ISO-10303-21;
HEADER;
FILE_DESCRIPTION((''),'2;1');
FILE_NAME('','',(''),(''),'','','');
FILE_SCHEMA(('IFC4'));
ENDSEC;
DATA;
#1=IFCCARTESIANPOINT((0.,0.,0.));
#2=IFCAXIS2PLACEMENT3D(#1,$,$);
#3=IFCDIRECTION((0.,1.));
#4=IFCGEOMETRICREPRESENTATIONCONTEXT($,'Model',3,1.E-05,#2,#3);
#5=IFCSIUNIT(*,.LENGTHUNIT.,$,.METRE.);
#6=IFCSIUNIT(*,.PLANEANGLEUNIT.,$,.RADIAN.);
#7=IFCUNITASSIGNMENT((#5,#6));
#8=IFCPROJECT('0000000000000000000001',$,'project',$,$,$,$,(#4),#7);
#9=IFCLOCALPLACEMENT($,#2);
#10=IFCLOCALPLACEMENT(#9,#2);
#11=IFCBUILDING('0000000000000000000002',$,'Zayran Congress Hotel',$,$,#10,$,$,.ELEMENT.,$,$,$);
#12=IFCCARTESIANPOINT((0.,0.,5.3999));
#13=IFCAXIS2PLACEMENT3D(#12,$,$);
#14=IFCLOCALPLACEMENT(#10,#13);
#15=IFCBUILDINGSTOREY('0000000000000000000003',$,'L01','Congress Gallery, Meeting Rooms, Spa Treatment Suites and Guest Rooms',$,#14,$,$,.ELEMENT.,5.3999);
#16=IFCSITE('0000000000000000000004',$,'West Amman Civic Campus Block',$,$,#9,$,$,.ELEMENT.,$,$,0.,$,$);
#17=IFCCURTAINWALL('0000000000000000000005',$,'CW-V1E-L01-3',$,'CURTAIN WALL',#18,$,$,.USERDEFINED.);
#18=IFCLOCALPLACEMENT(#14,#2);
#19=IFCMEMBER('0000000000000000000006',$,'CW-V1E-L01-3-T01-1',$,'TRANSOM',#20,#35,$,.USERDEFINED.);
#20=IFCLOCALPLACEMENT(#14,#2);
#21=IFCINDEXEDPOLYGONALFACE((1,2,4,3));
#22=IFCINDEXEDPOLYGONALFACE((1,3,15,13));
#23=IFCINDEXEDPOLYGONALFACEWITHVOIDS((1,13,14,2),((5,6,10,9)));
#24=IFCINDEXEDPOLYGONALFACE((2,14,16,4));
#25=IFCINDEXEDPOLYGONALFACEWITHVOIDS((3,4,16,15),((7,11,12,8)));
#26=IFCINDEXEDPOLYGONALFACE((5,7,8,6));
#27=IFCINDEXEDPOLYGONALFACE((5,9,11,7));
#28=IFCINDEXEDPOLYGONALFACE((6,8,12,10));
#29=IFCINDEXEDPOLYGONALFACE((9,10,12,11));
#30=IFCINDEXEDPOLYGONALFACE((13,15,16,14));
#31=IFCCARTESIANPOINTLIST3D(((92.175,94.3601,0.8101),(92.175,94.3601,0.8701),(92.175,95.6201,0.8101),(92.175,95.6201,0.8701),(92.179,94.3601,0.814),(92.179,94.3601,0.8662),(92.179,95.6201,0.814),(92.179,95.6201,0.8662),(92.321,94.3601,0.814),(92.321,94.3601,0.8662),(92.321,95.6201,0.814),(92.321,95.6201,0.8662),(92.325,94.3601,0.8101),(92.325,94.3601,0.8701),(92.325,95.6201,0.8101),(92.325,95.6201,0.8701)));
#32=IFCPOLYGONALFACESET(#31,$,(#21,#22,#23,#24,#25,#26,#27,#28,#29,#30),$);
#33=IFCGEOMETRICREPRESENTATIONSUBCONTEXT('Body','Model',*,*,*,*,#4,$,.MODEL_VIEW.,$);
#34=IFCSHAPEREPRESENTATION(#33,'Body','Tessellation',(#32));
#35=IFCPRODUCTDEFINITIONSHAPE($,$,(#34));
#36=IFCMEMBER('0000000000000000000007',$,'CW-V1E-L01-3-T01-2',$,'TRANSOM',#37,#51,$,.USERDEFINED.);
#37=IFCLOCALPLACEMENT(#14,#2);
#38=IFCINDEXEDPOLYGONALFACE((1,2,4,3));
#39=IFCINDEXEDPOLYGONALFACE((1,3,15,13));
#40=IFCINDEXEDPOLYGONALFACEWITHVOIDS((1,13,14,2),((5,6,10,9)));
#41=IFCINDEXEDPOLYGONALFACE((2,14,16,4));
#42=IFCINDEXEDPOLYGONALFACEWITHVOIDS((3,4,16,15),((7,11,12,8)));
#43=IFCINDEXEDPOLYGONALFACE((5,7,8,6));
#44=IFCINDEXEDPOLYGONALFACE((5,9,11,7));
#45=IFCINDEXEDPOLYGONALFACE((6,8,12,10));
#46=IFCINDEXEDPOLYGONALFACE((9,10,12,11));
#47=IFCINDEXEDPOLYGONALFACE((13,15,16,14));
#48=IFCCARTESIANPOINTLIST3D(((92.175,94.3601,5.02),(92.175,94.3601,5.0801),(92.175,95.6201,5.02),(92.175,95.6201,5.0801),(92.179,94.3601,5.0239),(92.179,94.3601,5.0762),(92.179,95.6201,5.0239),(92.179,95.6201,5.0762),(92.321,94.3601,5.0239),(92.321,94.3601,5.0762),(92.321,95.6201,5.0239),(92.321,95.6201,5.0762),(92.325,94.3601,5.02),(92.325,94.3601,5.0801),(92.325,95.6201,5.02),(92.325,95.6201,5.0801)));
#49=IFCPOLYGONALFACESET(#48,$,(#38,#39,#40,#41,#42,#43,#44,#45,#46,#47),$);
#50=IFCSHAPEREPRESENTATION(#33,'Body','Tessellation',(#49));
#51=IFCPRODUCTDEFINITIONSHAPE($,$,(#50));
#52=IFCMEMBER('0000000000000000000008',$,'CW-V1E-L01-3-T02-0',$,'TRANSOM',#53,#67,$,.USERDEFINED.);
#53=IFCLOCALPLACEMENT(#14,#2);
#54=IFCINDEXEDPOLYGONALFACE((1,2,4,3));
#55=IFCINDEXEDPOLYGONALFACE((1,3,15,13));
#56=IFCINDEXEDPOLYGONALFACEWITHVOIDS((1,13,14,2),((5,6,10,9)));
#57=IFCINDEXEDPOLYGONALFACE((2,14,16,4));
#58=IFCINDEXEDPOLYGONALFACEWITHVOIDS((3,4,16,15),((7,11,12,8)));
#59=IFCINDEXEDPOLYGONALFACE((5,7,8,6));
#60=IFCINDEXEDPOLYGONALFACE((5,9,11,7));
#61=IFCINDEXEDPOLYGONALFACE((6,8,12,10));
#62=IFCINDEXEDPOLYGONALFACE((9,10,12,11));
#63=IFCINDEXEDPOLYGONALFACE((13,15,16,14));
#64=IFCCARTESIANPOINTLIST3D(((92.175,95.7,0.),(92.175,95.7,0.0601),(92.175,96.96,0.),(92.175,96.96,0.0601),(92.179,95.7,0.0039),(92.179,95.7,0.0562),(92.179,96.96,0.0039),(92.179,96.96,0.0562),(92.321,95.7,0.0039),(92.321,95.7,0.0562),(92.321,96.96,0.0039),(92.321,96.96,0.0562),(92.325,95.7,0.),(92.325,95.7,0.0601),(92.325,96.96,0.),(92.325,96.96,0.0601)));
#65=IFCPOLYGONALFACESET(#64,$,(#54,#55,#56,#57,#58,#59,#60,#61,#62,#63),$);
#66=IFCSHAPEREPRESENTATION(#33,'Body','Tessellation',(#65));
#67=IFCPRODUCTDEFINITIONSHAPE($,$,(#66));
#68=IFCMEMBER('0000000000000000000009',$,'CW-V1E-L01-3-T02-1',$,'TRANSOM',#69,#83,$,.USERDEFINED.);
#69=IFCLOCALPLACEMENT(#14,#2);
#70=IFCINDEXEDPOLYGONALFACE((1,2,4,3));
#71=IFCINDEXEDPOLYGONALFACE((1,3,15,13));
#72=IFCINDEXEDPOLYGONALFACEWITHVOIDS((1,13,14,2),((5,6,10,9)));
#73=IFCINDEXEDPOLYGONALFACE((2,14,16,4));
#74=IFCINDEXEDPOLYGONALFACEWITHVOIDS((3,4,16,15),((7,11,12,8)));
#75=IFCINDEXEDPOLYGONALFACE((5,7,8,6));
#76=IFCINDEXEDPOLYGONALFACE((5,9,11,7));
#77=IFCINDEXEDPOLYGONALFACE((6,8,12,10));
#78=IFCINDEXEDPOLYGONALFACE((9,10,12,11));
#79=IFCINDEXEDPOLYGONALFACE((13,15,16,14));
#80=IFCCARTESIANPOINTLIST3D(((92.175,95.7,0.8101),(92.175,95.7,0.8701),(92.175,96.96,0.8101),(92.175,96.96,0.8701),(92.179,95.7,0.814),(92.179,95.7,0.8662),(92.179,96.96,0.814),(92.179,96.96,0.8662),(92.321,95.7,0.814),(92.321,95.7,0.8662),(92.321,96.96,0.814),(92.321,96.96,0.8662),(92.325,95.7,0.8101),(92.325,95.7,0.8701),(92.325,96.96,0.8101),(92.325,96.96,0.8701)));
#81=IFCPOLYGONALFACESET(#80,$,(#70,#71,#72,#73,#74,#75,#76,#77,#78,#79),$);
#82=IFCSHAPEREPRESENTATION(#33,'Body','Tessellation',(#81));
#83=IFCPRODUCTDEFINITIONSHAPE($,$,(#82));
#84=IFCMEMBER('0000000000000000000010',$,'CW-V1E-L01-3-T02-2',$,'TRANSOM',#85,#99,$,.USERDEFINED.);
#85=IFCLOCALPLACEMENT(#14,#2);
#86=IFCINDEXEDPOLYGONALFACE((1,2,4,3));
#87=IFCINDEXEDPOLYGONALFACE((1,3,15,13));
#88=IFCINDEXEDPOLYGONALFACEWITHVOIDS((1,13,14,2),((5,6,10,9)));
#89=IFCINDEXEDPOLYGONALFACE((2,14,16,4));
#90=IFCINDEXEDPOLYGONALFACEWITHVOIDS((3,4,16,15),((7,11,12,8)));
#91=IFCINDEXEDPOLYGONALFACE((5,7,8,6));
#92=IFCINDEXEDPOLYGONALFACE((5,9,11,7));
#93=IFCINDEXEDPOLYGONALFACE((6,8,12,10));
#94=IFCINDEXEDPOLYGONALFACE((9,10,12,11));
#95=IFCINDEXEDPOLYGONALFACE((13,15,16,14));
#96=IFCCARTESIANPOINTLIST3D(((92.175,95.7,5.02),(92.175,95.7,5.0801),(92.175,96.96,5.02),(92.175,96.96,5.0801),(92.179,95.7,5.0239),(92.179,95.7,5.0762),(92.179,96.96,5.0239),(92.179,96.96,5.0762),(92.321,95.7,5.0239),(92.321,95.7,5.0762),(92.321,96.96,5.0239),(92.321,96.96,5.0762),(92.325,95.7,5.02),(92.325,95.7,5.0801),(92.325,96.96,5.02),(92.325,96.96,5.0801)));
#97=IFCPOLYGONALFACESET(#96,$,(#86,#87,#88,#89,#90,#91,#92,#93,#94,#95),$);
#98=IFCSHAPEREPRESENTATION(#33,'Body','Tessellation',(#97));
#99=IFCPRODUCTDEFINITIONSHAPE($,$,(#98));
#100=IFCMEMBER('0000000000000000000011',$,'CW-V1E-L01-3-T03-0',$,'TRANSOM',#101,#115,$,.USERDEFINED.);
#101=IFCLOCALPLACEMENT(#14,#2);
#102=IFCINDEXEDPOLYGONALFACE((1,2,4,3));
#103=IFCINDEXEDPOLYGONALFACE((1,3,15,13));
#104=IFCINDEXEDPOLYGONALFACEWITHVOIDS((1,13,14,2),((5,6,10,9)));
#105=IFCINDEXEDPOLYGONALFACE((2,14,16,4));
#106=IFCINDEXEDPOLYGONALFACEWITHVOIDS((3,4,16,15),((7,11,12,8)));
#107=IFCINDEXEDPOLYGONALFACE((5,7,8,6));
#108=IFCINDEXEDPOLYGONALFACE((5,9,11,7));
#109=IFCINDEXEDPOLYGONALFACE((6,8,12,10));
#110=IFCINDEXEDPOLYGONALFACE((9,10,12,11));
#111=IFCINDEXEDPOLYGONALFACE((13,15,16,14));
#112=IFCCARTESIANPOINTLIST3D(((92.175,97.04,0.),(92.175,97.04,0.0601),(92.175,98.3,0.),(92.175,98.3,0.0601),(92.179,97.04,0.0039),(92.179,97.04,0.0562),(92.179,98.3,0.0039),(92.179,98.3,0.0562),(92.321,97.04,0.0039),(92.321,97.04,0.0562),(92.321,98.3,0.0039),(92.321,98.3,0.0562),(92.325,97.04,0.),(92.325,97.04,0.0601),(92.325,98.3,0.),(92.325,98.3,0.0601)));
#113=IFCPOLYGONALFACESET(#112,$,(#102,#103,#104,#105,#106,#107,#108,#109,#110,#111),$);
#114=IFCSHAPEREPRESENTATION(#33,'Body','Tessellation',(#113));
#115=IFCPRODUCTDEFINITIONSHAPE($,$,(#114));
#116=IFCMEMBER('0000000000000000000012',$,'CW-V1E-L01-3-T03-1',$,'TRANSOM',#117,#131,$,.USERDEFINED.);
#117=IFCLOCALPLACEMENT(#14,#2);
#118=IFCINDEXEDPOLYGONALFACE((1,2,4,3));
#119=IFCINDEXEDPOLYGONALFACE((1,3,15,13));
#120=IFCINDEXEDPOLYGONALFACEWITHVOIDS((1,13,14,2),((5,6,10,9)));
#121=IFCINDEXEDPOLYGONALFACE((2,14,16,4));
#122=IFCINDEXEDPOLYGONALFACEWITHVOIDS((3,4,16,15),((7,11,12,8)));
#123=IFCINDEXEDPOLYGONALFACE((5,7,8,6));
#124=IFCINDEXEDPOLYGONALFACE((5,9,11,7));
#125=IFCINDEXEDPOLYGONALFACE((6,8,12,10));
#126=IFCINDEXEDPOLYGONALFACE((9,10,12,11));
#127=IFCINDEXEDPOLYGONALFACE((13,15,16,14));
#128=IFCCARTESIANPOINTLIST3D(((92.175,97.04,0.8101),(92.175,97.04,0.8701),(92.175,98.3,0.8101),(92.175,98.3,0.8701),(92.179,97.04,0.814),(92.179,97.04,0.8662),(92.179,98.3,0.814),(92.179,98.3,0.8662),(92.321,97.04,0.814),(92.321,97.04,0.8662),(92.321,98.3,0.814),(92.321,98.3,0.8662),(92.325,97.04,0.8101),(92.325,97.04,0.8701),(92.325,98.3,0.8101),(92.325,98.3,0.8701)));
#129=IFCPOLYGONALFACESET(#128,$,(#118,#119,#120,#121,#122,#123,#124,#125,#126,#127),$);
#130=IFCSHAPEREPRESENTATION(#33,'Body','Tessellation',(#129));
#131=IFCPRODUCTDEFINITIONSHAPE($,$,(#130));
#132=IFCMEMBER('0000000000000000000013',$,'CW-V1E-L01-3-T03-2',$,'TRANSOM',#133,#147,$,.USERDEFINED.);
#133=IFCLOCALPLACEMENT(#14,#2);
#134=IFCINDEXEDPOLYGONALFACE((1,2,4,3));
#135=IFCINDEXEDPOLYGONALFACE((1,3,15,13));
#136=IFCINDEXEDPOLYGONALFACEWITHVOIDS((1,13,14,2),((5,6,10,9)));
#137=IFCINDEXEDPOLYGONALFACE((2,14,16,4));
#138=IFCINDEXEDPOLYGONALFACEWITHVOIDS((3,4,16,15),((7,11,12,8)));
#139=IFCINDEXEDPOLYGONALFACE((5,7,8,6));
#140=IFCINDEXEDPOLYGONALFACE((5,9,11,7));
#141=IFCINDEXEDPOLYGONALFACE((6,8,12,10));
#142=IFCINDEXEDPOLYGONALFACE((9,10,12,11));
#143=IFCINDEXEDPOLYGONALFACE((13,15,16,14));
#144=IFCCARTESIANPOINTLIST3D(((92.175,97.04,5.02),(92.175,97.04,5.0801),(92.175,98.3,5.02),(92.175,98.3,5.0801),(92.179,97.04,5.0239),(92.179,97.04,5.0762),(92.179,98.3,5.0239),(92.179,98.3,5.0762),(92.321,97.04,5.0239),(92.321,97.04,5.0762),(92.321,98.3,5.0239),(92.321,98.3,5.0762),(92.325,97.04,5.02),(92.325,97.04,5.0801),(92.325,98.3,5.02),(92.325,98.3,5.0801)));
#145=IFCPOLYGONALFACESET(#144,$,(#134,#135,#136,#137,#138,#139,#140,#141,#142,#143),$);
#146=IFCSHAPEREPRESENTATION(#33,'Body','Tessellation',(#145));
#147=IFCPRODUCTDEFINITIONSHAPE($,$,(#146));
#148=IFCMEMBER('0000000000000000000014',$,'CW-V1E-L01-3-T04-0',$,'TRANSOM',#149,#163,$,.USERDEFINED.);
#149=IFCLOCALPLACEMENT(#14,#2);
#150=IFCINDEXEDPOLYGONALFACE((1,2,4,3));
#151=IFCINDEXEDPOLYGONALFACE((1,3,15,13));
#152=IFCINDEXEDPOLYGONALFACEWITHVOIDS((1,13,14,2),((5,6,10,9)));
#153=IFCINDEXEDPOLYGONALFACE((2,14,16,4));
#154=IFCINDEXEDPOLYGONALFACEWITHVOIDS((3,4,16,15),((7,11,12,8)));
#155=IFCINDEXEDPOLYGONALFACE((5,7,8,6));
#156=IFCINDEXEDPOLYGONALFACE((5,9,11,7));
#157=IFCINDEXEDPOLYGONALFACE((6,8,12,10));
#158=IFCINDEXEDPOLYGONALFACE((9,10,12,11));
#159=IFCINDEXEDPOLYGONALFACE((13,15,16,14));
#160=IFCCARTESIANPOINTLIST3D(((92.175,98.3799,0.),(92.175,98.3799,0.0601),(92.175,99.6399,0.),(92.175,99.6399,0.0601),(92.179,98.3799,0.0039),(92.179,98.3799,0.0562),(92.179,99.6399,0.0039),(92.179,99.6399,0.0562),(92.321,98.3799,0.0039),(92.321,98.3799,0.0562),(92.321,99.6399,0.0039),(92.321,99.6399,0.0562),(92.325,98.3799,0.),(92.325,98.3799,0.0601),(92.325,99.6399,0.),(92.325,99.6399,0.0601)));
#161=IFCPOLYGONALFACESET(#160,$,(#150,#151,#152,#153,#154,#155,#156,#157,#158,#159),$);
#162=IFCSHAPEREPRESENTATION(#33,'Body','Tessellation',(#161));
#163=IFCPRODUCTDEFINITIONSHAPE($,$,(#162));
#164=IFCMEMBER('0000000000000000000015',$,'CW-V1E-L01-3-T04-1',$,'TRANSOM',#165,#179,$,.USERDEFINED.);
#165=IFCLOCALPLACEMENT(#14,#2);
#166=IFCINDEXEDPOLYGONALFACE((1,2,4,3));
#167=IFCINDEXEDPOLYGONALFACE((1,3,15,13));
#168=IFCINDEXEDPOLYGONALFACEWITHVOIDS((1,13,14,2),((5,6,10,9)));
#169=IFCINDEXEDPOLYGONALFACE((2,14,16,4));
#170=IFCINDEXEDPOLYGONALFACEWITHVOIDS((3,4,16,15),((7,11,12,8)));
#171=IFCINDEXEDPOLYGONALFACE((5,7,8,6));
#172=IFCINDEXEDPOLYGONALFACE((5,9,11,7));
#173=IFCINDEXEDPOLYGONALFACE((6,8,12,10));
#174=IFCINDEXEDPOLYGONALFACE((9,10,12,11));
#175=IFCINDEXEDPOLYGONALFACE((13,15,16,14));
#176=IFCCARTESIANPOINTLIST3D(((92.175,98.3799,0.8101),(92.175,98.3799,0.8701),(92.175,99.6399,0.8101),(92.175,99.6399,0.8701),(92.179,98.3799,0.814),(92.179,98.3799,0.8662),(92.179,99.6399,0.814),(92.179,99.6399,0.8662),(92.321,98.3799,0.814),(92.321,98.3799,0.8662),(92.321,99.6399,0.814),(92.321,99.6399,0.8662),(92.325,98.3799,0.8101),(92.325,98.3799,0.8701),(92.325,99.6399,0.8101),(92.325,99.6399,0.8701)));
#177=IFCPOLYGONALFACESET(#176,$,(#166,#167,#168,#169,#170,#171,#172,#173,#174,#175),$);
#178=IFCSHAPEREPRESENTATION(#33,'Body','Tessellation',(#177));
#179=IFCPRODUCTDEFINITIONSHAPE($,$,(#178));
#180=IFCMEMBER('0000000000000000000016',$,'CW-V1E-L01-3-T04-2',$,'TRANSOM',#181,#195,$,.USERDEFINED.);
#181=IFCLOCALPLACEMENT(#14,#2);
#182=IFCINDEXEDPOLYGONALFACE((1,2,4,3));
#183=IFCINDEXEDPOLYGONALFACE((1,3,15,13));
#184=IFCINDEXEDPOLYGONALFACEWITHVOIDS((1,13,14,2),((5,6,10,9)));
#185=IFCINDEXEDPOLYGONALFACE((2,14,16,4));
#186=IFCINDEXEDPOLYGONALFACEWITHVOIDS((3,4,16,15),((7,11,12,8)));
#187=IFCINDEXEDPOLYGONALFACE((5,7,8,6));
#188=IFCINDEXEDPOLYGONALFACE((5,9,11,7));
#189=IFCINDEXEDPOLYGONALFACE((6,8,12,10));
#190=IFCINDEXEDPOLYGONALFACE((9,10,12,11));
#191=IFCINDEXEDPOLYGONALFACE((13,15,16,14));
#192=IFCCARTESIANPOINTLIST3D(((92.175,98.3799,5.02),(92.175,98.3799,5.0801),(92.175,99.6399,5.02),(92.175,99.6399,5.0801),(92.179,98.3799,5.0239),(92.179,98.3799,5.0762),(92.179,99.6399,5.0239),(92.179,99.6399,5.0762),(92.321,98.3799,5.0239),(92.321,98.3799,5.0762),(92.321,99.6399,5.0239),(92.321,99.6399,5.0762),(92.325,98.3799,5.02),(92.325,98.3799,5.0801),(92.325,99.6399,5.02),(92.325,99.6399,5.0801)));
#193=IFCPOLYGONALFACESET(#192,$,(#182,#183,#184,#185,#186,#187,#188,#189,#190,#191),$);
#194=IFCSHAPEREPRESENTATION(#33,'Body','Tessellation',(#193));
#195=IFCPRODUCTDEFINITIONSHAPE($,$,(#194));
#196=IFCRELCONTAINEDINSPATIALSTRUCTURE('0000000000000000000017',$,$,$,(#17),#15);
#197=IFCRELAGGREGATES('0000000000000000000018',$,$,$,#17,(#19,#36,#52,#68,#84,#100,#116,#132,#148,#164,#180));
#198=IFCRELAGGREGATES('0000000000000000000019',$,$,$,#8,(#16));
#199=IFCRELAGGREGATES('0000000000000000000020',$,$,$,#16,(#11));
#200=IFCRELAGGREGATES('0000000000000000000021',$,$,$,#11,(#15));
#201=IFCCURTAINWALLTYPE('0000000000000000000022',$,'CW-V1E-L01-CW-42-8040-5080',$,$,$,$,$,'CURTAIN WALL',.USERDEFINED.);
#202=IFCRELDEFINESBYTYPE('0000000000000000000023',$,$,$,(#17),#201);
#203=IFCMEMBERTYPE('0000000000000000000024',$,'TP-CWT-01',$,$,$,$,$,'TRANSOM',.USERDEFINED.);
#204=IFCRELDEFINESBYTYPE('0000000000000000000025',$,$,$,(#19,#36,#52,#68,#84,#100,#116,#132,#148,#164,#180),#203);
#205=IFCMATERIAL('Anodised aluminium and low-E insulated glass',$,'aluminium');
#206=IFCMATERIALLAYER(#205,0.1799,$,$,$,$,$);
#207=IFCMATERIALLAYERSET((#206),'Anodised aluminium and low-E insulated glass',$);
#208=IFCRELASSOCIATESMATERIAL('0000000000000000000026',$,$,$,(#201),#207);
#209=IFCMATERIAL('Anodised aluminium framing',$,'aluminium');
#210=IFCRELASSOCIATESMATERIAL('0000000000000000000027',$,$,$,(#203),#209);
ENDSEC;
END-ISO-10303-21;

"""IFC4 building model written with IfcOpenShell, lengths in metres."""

from ifc_helpers import new_model, si_unit, direction, frame, origin, origin_2d, place, context, subcontext, project, spatial, hollow_rectangle, extrude, material, layer, layer_set, material_profile, profile_set, type_object, element, aggregate, save


model = new_model("IFC4")

# Units and contexts
model_context = context("Model", 3, precision=1e-05, world=origin(), true_north=direction((0.0, 1.0)))
body_context = subcontext(model_context, "Body", "Model", "MODEL_VIEW")
ifc_project = project(units=[si_unit("LENGTHUNIT", "METRE"), si_unit("PLANEANGLEUNIT", "RADIAN")], contexts=[model_context])

# Site, building, storey
site_placement = place(None, origin())
site = spatial("IfcSite", under=ifc_project, at=site_placement, Name="West Amman Civic Campus Block", CompositionType="ELEMENT", RefElevation=0.0)
building_placement = place(site_placement, origin())
building = spatial("IfcBuilding", under=site, at=building_placement, Name="Zayran Congress Hotel", CompositionType="ELEMENT")
storey_placement = place(building_placement, frame((0.0, 0.0, 5.3999)))
storey = spatial("IfcBuildingStorey", under=building, at=storey_placement, Name="L01", Description="Congress Gallery, Meeting Rooms, Spa Treatment Suites and Guest Rooms", CompositionType="ELEMENT", Elevation=5.3999)

# Curtain wall, members
ifc_material_1 = material(Name="Anodised aluminium and low-E insulated glass", Category="aluminium")
ifc_layer_1 = layer(ifc_material_1, 0.1799)
ifc_layer_set_1 = layer_set([ifc_layer_1], Name="Anodised aluminium and low-E insulated glass")
curtain_wall_type = type_object("IfcCurtainWallType", Name="CW-V1E-L01-CW-42-8040-5080", ElementType="CURTAIN WALL", PredefinedType="USERDEFINED", material=ifc_layer_set_1)
curtain_wall_placement = place(storey_placement, origin())
curtain_wall = element("IfcCurtainWall", 1, at=curtain_wall_placement, inside=storey, type_object=curtain_wall_type, Name="CW-V1E-L01-3", ObjectType="CURTAIN WALL", PredefinedType="USERDEFINED")
ifc_material_2 = material(Name="Anodised aluminium framing", Category="aluminium")
ifc_material_profile_1 = material_profile(ifc_material_2, hollow_rectangle(XDim=0.0601, YDim=0.1499, WallThickness=0.0039, at=origin_2d()), Name="RHS 150x60x4")
ifc_profile_set_1 = profile_set([ifc_material_profile_1], Name="Anodised aluminium framing")
member_type_1 = type_object("IfcMemberType", Name="TP-CWT-01", ElementType="TRANSOM", PredefinedType="USERDEFINED", material=ifc_profile_set_1)
member_1_placement = place(storey_placement, frame((92.25, 94.3601, 0.8401), z_axis=(0.0, 1.0, 0.0), x_axis=(0.0, 0.0, 1.0)))
member_1 = element("IfcMember", 2, at=member_1_placement, type_object=member_type_1, Name="CW-V1E-L01-3-T01-1", ObjectType="TRANSOM", PredefinedType="USERDEFINED", context=body_context, shape_type="SweptSolid", body=[
    extrude(hollow_rectangle(XDim=0.0601, YDim=0.1499, WallThickness=0.0039, at=origin_2d()), origin(), (0.0, 0.0, 1.0), 1.26),
])
member_2_placement = place(storey_placement, frame((92.25, 94.3601, 5.05), z_axis=(0.0, 1.0, 0.0), x_axis=(0.0, 0.0, 1.0)))
member_2 = element("IfcMember", 3, at=member_2_placement, type_object=member_type_1, Name="CW-V1E-L01-3-T01-2", ObjectType="TRANSOM", PredefinedType="USERDEFINED", context=body_context, shape_type="SweptSolid", body=[
    extrude(hollow_rectangle(XDim=0.0601, YDim=0.1499, WallThickness=0.0039, at=origin_2d()), origin(), (0.0, 0.0, 1.0), 1.26),
])
member_3_placement = place(storey_placement, frame((92.25, 95.7, 0.03), z_axis=(0.0, 1.0, 0.0), x_axis=(0.0, 0.0, 1.0)))
member_3 = element("IfcMember", 4, at=member_3_placement, type_object=member_type_1, Name="CW-V1E-L01-3-T02-0", ObjectType="TRANSOM", PredefinedType="USERDEFINED", context=body_context, shape_type="SweptSolid", body=[
    extrude(hollow_rectangle(XDim=0.0601, YDim=0.1499, WallThickness=0.0039, at=origin_2d()), origin(), (0.0, 0.0, 1.0), 1.26),
])
member_4_placement = place(storey_placement, frame((92.25, 95.7, 0.8401), z_axis=(0.0, 1.0, 0.0), x_axis=(0.0, 0.0, 1.0)))
member_4 = element("IfcMember", 5, at=member_4_placement, type_object=member_type_1, Name="CW-V1E-L01-3-T02-1", ObjectType="TRANSOM", PredefinedType="USERDEFINED", context=body_context, shape_type="SweptSolid", body=[
    extrude(hollow_rectangle(XDim=0.0601, YDim=0.1499, WallThickness=0.0039, at=origin_2d()), origin(), (0.0, 0.0, 1.0), 1.26),
])
member_5_placement = place(storey_placement, frame((92.25, 95.7, 5.05), z_axis=(0.0, 1.0, 0.0), x_axis=(0.0, 0.0, 1.0)))
member_5 = element("IfcMember", 6, at=member_5_placement, type_object=member_type_1, Name="CW-V1E-L01-3-T02-2", ObjectType="TRANSOM", PredefinedType="USERDEFINED", context=body_context, shape_type="SweptSolid", body=[
    extrude(hollow_rectangle(XDim=0.0601, YDim=0.1499, WallThickness=0.0039, at=origin_2d()), origin(), (0.0, 0.0, 1.0), 1.26),
])
member_6_placement = place(storey_placement, frame((92.25, 97.04, 0.03), z_axis=(0.0, 1.0, 0.0), x_axis=(0.0, 0.0, 1.0)))
member_6 = element("IfcMember", 7, at=member_6_placement, type_object=member_type_1, Name="CW-V1E-L01-3-T03-0", ObjectType="TRANSOM", PredefinedType="USERDEFINED", context=body_context, shape_type="SweptSolid", body=[
    extrude(hollow_rectangle(XDim=0.0601, YDim=0.1499, WallThickness=0.0039, at=origin_2d()), origin(), (0.0, 0.0, 1.0), 1.26),
])
member_7_placement = place(storey_placement, frame((92.25, 97.04, 0.8401), z_axis=(0.0, 1.0, 0.0), x_axis=(0.0, 0.0, 1.0)))
member_7 = element("IfcMember", 8, at=member_7_placement, type_object=member_type_1, Name="CW-V1E-L01-3-T03-1", ObjectType="TRANSOM", PredefinedType="USERDEFINED", context=body_context, shape_type="SweptSolid", body=[
    extrude(hollow_rectangle(XDim=0.0601, YDim=0.1499, WallThickness=0.0039, at=origin_2d()), origin(), (0.0, 0.0, 1.0), 1.26),
])
member_8_placement = place(storey_placement, frame((92.25, 97.04, 5.05), z_axis=(0.0, 1.0, 0.0), x_axis=(0.0, 0.0, 1.0)))
member_8 = element("IfcMember", 9, at=member_8_placement, type_object=member_type_1, Name="CW-V1E-L01-3-T03-2", ObjectType="TRANSOM", PredefinedType="USERDEFINED", context=body_context, shape_type="SweptSolid", body=[
    extrude(hollow_rectangle(XDim=0.0601, YDim=0.1499, WallThickness=0.0039, at=origin_2d()), origin(), (0.0, 0.0, 1.0), 1.26),
])
member_9_placement = place(storey_placement, frame((92.25, 98.3799, 0.03), z_axis=(0.0, 1.0, 0.0), x_axis=(0.0, 0.0, 1.0)))
member_9 = element("IfcMember", 10, at=member_9_placement, type_object=member_type_1, Name="CW-V1E-L01-3-T04-0", ObjectType="TRANSOM", PredefinedType="USERDEFINED", context=body_context, shape_type="SweptSolid", body=[
    extrude(hollow_rectangle(XDim=0.0601, YDim=0.1499, WallThickness=0.0039, at=origin_2d()), origin(), (0.0, 0.0, 1.0), 1.26),
])
member_10_placement = place(storey_placement, frame((92.25, 98.3799, 0.8401), z_axis=(0.0, 1.0, 0.0), x_axis=(0.0, 0.0, 1.0)))
member_10 = element("IfcMember", 11, at=member_10_placement, type_object=member_type_1, Name="CW-V1E-L01-3-T04-1", ObjectType="TRANSOM", PredefinedType="USERDEFINED", context=body_context, shape_type="SweptSolid", body=[
    extrude(hollow_rectangle(XDim=0.0601, YDim=0.1499, WallThickness=0.0039, at=origin_2d()), origin(), (0.0, 0.0, 1.0), 1.26),
])
member_11_placement = place(storey_placement, frame((92.25, 98.3799, 5.05), z_axis=(0.0, 1.0, 0.0), x_axis=(0.0, 0.0, 1.0)))
member_11 = element("IfcMember", 12, at=member_11_placement, type_object=member_type_1, Name="CW-V1E-L01-3-T04-2", ObjectType="TRANSOM", PredefinedType="USERDEFINED", context=body_context, shape_type="SweptSolid", body=[
    extrude(hollow_rectangle(XDim=0.0601, YDim=0.1499, WallThickness=0.0039, at=origin_2d()), origin(), (0.0, 0.0, 1.0), 1.26),
])
aggregate(curtain_wall, [member_1, member_2, member_3, member_4, member_5, member_6, member_7, member_8, member_9, member_10, member_11])

save(model, "model.ifc")
